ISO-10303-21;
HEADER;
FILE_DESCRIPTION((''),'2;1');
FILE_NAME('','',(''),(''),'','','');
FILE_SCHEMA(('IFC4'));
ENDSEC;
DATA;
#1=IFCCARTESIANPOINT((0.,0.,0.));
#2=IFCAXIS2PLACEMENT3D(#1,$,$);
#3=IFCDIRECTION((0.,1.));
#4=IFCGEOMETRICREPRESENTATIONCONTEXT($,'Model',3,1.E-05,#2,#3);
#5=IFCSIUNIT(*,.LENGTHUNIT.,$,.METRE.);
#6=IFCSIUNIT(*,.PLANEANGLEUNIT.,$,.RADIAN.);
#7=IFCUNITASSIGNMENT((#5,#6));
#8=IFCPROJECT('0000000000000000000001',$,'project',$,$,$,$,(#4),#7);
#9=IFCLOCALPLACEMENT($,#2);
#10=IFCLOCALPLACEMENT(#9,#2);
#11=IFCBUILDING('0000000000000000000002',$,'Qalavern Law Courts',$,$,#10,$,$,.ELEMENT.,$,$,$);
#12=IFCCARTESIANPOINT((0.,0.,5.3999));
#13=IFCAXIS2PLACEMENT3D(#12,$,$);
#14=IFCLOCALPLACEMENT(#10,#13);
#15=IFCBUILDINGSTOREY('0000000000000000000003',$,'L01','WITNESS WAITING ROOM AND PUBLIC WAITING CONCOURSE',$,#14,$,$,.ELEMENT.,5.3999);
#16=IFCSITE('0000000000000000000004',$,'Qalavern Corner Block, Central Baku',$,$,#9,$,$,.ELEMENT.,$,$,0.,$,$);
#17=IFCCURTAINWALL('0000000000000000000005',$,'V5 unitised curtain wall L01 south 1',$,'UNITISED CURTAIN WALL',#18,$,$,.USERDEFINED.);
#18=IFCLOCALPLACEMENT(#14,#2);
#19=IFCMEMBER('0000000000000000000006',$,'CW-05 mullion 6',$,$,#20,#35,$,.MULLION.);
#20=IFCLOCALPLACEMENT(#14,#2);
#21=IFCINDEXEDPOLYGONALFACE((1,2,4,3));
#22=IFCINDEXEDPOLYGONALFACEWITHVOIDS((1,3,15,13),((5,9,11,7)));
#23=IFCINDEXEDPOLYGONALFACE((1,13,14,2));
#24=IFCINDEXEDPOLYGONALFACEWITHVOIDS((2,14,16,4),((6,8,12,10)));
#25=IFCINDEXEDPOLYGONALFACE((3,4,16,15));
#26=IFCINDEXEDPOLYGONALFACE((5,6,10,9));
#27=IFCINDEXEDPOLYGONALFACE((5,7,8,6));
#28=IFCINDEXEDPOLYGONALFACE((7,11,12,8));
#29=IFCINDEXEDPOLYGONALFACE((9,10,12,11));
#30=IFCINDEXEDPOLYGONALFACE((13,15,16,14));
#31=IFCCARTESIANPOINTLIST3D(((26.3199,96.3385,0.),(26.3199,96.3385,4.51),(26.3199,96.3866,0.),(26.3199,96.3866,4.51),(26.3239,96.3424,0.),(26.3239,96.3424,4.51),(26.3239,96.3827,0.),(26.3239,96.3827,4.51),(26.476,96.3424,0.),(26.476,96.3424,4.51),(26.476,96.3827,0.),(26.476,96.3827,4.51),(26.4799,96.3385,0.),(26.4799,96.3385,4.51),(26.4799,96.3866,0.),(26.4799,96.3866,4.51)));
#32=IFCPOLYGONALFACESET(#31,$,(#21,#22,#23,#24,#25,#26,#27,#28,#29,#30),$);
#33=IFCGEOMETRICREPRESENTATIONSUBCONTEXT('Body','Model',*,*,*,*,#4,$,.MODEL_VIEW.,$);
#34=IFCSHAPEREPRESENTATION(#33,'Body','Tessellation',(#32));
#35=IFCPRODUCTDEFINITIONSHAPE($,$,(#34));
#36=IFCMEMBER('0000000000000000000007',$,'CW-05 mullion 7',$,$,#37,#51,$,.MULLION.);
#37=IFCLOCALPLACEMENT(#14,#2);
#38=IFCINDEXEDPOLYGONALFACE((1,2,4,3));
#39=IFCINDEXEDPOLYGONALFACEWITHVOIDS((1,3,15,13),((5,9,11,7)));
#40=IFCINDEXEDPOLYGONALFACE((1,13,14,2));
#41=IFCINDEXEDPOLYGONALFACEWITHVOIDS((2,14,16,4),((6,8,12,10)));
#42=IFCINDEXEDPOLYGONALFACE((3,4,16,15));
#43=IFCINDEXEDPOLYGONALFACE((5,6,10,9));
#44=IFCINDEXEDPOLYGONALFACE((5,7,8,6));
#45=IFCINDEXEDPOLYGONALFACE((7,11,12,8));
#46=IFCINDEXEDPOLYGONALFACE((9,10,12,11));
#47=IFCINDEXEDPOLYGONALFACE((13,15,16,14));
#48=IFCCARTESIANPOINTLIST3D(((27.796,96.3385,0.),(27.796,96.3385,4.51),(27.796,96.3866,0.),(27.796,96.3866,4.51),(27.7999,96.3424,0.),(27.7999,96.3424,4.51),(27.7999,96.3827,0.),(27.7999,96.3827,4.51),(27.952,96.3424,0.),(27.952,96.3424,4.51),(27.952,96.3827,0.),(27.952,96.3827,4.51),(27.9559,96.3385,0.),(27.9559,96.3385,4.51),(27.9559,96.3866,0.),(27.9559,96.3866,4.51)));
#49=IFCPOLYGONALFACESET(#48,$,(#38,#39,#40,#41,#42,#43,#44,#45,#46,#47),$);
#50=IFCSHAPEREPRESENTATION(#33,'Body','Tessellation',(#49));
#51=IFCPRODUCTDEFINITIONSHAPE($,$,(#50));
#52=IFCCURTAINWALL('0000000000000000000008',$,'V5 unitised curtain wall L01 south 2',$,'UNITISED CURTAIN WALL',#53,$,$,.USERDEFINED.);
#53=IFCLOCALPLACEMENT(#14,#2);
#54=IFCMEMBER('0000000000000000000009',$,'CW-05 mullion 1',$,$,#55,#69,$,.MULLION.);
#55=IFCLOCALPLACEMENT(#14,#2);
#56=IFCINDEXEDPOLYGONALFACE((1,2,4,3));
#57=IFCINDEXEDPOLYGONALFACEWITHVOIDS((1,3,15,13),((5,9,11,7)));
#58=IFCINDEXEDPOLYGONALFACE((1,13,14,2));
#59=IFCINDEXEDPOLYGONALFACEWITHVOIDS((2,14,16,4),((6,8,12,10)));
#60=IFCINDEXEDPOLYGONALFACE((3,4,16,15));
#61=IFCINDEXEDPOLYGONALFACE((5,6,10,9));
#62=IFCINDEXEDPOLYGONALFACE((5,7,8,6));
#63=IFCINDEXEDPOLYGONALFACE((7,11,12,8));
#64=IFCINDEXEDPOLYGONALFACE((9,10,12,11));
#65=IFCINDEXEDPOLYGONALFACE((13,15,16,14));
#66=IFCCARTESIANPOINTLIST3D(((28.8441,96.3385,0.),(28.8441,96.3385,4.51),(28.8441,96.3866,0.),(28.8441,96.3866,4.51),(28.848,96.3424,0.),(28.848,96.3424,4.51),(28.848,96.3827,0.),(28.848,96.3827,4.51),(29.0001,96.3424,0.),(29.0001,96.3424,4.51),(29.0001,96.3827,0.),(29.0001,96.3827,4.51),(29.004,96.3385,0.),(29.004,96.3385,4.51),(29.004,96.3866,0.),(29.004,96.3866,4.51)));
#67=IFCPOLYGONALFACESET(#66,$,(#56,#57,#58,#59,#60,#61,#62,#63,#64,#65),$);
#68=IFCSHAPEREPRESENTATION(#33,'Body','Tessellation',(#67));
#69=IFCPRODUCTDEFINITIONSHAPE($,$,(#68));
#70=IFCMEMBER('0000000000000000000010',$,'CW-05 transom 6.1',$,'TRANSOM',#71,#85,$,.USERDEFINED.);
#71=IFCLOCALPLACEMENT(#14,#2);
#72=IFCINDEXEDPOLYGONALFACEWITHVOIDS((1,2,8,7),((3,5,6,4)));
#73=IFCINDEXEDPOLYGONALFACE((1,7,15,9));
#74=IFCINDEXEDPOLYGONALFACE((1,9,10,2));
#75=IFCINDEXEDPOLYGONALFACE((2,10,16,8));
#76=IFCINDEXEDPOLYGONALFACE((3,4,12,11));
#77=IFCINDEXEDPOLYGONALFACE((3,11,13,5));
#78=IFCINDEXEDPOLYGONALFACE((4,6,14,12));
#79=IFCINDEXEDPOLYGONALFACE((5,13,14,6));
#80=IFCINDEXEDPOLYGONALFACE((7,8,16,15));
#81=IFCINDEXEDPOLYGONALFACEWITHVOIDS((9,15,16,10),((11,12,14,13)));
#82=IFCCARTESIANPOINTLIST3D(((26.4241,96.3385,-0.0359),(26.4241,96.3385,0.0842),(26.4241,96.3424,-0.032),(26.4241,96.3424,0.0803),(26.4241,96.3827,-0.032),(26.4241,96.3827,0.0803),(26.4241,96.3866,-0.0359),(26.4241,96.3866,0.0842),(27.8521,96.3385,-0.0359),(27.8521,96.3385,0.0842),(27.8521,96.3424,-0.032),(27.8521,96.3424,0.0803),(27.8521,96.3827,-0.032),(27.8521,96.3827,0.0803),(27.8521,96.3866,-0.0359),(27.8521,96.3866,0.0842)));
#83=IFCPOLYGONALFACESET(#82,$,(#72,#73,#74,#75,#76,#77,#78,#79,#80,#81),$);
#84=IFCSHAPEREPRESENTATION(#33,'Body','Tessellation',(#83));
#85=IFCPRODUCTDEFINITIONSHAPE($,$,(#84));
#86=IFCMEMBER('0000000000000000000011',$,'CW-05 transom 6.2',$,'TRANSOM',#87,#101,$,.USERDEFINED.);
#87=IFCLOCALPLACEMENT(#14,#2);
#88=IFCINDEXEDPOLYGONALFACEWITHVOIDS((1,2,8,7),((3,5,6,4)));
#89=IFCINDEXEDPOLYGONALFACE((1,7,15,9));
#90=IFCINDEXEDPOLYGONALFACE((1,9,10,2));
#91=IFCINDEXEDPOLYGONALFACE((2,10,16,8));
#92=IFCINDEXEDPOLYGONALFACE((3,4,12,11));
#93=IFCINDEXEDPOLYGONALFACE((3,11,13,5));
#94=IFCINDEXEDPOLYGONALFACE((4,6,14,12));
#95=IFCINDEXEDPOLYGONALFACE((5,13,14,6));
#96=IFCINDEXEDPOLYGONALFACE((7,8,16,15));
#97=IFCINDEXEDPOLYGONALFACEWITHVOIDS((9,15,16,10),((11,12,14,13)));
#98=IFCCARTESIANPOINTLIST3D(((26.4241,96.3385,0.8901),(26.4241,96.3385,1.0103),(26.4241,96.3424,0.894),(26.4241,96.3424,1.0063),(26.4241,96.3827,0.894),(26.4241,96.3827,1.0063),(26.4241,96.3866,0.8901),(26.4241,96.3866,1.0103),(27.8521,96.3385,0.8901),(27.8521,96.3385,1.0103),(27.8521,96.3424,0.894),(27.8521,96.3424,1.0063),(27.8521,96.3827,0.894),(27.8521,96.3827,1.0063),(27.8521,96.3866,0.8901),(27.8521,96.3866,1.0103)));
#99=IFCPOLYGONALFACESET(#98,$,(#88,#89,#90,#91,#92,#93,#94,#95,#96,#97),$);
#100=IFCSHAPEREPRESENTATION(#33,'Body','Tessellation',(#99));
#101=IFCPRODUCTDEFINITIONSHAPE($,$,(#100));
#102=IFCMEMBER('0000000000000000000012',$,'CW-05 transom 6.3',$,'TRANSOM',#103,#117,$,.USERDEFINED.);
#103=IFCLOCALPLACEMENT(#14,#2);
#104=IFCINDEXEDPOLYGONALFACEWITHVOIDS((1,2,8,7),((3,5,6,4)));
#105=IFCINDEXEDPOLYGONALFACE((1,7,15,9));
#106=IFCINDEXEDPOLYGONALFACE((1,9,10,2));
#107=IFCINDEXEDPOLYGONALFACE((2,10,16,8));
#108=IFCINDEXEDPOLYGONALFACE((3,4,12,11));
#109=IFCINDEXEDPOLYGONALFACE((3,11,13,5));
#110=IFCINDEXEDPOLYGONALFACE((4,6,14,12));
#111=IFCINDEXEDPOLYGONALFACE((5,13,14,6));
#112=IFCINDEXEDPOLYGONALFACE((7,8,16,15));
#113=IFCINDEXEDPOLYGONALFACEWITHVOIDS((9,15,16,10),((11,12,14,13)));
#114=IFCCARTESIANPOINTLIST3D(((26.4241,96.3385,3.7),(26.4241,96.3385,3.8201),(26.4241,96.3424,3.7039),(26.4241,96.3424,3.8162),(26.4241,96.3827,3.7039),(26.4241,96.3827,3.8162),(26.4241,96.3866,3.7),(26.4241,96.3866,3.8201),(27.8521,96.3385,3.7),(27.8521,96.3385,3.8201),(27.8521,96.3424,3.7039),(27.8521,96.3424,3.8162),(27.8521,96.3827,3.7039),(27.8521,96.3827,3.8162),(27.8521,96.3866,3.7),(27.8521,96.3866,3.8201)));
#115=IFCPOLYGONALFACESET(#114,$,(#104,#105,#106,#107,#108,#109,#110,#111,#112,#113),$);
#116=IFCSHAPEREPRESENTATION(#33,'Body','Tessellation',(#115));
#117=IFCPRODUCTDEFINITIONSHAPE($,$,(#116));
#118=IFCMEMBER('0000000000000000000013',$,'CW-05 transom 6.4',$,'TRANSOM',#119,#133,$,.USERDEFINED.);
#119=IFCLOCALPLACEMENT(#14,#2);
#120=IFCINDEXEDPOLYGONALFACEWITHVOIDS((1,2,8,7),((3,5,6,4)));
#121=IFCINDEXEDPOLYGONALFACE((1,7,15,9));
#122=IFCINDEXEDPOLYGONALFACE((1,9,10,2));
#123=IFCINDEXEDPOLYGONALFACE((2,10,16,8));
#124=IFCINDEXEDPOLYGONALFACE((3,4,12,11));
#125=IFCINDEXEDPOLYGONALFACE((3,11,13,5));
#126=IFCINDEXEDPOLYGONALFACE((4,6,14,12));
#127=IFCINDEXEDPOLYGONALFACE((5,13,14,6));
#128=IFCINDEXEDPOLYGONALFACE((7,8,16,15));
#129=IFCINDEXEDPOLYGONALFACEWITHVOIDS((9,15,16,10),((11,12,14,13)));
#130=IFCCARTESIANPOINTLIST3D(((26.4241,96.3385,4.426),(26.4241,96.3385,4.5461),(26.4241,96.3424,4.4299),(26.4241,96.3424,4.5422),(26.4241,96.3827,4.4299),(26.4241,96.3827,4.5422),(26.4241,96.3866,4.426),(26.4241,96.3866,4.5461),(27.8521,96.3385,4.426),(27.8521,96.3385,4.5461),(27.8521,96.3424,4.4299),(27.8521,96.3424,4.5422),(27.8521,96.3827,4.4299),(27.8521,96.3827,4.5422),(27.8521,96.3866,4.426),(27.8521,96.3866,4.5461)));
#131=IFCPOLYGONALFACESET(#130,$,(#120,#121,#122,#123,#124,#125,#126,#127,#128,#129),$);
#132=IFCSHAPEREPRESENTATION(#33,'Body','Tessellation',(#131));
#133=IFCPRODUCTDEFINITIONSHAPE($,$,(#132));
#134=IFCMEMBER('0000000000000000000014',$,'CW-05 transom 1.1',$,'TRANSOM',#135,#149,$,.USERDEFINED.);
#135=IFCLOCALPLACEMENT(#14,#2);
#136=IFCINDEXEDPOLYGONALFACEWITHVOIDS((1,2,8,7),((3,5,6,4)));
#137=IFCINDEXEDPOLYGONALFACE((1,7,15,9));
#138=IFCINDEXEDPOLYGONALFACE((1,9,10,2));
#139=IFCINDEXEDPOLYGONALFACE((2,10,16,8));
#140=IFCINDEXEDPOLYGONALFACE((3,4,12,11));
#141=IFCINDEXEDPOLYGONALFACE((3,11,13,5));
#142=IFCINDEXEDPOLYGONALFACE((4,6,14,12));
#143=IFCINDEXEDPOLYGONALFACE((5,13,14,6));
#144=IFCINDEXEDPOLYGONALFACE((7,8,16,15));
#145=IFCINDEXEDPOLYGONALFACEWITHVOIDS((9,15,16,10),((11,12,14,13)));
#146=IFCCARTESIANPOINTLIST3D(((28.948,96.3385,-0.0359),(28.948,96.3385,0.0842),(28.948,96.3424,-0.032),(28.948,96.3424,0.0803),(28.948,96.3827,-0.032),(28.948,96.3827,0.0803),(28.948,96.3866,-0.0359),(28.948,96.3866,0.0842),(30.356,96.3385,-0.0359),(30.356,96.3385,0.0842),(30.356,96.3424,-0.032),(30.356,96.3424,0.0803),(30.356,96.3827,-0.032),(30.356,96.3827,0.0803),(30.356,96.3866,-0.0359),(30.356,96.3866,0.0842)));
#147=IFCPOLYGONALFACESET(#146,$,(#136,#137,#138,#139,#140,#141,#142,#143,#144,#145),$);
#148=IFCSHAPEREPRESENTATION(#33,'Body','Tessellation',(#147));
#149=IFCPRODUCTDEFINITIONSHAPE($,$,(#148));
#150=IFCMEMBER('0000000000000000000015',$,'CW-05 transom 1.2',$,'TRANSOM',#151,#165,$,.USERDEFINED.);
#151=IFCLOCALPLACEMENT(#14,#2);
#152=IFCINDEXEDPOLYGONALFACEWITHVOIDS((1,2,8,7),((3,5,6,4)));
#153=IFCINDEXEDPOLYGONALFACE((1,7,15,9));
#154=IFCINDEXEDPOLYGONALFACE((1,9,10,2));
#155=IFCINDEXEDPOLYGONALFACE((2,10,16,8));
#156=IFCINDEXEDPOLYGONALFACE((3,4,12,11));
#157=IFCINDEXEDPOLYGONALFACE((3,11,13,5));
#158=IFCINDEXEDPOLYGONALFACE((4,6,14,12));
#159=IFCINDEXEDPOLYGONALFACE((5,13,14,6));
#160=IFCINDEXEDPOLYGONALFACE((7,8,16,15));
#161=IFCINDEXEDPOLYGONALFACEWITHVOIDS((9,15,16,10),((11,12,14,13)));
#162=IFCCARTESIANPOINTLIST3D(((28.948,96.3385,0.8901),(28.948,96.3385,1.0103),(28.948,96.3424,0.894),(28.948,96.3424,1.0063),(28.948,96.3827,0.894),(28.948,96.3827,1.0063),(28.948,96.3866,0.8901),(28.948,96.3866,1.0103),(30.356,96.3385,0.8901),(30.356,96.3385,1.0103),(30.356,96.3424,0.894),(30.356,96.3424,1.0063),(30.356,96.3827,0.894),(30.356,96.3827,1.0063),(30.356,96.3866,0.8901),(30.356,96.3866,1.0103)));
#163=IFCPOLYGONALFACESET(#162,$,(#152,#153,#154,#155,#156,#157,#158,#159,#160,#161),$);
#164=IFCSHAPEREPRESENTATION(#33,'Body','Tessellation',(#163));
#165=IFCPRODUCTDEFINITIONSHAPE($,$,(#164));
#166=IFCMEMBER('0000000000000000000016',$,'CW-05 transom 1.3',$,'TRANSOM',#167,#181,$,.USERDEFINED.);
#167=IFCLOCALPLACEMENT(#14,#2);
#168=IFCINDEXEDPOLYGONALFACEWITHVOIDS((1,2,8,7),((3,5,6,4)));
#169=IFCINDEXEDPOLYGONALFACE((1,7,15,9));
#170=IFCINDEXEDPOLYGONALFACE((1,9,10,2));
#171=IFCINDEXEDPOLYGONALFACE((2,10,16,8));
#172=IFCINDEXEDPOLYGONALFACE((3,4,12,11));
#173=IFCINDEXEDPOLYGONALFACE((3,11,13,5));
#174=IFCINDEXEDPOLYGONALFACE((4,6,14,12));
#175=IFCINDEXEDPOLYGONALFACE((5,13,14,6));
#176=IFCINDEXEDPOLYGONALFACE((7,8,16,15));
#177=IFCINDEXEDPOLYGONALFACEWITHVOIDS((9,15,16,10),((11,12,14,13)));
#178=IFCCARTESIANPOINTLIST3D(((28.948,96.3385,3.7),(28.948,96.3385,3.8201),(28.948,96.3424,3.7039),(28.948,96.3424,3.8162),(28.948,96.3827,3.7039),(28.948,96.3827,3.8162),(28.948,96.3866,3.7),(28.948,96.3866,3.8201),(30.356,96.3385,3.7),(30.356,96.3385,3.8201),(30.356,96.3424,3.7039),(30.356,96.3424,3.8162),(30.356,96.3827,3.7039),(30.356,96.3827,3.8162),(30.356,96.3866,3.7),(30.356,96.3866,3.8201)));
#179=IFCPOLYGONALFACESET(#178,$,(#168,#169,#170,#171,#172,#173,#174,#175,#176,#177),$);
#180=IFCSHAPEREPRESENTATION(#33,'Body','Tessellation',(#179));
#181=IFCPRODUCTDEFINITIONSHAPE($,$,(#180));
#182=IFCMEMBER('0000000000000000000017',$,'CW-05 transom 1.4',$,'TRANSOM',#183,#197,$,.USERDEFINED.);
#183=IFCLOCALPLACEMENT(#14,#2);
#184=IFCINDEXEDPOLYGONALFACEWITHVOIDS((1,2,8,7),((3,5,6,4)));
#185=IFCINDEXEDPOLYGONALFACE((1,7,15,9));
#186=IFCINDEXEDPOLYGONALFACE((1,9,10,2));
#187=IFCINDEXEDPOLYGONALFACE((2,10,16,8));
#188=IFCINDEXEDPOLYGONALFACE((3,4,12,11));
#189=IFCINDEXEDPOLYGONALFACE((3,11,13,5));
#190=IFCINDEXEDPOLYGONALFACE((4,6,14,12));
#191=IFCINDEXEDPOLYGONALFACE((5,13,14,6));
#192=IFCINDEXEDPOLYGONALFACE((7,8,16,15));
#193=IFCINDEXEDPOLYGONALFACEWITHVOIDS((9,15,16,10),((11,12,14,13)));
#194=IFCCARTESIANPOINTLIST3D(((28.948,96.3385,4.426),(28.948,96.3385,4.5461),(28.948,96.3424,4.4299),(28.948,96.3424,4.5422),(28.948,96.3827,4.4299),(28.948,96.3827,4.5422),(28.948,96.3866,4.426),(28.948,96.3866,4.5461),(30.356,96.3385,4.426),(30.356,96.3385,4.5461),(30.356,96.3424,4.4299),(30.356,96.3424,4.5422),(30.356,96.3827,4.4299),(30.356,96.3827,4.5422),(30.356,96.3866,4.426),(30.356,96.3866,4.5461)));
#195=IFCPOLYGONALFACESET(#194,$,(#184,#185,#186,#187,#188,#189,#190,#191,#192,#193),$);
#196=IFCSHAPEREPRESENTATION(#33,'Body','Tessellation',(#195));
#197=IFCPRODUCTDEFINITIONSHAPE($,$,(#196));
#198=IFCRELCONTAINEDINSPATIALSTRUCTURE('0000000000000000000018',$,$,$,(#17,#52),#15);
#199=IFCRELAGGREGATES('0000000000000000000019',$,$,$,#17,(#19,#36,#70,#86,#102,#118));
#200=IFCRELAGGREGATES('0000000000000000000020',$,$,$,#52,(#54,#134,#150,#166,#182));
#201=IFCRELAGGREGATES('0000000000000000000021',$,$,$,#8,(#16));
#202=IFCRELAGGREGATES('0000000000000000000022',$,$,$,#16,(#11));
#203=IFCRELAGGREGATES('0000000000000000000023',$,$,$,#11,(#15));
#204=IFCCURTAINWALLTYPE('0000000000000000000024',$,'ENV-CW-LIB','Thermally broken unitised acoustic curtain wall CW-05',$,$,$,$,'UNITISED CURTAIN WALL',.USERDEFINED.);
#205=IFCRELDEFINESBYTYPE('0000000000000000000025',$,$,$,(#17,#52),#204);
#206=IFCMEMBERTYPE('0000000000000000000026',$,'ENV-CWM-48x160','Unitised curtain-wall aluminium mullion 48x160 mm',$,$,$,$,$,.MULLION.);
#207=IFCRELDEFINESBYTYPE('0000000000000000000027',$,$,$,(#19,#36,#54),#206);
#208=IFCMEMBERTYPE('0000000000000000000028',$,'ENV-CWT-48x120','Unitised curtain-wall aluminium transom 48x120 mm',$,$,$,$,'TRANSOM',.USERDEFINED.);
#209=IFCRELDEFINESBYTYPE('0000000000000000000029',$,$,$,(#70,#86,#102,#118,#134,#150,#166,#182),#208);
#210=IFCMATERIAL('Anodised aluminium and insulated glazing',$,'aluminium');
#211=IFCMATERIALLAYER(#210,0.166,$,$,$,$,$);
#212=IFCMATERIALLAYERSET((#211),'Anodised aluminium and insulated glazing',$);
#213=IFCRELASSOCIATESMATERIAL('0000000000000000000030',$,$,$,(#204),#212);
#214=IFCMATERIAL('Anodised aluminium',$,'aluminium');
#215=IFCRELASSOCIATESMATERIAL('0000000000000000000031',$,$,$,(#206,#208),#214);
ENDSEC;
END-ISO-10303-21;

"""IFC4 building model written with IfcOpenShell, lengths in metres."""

from ifc_helpers import new_model, si_unit, direction, frame, origin, origin_2d, place, context, subcontext, project, spatial, hollow_rectangle, extrude, material, layer, layer_set, material_profile, profile_set, type_object, element, aggregate, save


model = new_model("IFC4")

# Units and contexts
model_context = context("Model", 3, precision=1e-05, world=origin(), true_north=direction((0.0, 1.0)))
body_context = subcontext(model_context, "Body", "Model", "MODEL_VIEW")
ifc_project = project(units=[si_unit("LENGTHUNIT", "METRE"), si_unit("PLANEANGLEUNIT", "RADIAN")], contexts=[model_context])

# Site, building, storey
site_placement = place(None, origin())
site = spatial("IfcSite", under=ifc_project, at=site_placement, Name="Qalavern Corner Block, Central Baku", CompositionType="ELEMENT", RefElevation=0.0)
building_placement = place(site_placement, origin())
building = spatial("IfcBuilding", under=site, at=building_placement, Name="Qalavern Law Courts", CompositionType="ELEMENT")
storey_placement = place(building_placement, frame((0.0, 0.0, 5.3999)))
storey = spatial("IfcBuildingStorey", under=building, at=storey_placement, Name="L01", Description="WITNESS WAITING ROOM AND PUBLIC WAITING CONCOURSE", CompositionType="ELEMENT", Elevation=5.3999)

# Curtain wall, members
ifc_material_1 = material(Name="Anodised aluminium and insulated glazing", Category="aluminium")
ifc_layer_1 = layer(ifc_material_1, 0.166)
ifc_layer_set_1 = layer_set([ifc_layer_1], Name="Anodised aluminium and insulated glazing")
curtain_wall_type = type_object("IfcCurtainWallType", Name="ENV-CW-LIB", Description="Thermally broken unitised acoustic curtain wall CW-05", ElementType="UNITISED CURTAIN WALL", PredefinedType="USERDEFINED", material=ifc_layer_set_1)
curtain_wall_1_placement = place(storey_placement, origin())
curtain_wall_1 = element("IfcCurtainWall", 1, at=curtain_wall_1_placement, inside=storey, type_object=curtain_wall_type, Name="V5 unitised curtain wall L01 south 1", ObjectType="UNITISED CURTAIN WALL", PredefinedType="USERDEFINED")
ifc_material_2 = material(Name="Anodised aluminium", Category="aluminium")
ifc_material_profile_1 = material_profile(ifc_material_2, hollow_rectangle(XDim=0.0481, YDim=0.1599, WallThickness=0.0039, at=origin_2d()), Name="ALU MULLION 48x160")
ifc_profile_set_1 = profile_set([ifc_material_profile_1], Name="Anodised aluminium")
member_type_1 = type_object("IfcMemberType", Name="ENV-CWM-48x160", Description="Unitised curtain-wall aluminium mullion 48x160 mm", PredefinedType="MULLION", material=ifc_profile_set_1)
member_1_placement = place(storey_placement, frame((26.3999, 96.3625, 0.0), z_axis=(0.0, 0.0, 1.0), x_axis=(0.0, 1.0, 0.0)))
member_1 = element("IfcMember", 2, at=member_1_placement, type_object=member_type_1, Name="CW-05 mullion 6", PredefinedType="MULLION", context=body_context, shape_type="SweptSolid", body=[
    extrude(hollow_rectangle(XDim=0.0481, YDim=0.1599, WallThickness=0.0039, at=origin_2d()), origin(), (0.0, 0.0, 1.0), 4.51),
])
member_2_placement = place(storey_placement, frame((27.876, 96.3625, 0.0), z_axis=(0.0, 0.0, 1.0), x_axis=(0.0, 1.0, 0.0)))
member_2 = element("IfcMember", 3, at=member_2_placement, type_object=member_type_1, Name="CW-05 mullion 7", PredefinedType="MULLION", context=body_context, shape_type="SweptSolid", body=[
    extrude(hollow_rectangle(XDim=0.0481, YDim=0.1599, WallThickness=0.0039, at=origin_2d()), origin(), (0.0, 0.0, 1.0), 4.51),
])

# Curtain wall, member
curtain_wall_2_placement = place(storey_placement, origin())
curtain_wall_2 = element("IfcCurtainWall", 4, at=curtain_wall_2_placement, inside=storey, type_object=curtain_wall_type, Name="V5 unitised curtain wall L01 south 2", ObjectType="UNITISED CURTAIN WALL", PredefinedType="USERDEFINED")
member_3_placement = place(storey_placement, frame((28.9241, 96.3625, 0.0), z_axis=(0.0, 0.0, 1.0), x_axis=(0.0, 1.0, 0.0)))
member_3 = element("IfcMember", 5, at=member_3_placement, type_object=member_type_1, Name="CW-05 mullion 1", PredefinedType="MULLION", context=body_context, shape_type="SweptSolid", body=[
    extrude(hollow_rectangle(XDim=0.0481, YDim=0.1599, WallThickness=0.0039, at=origin_2d()), origin(), (0.0, 0.0, 1.0), 4.51),
])

# Members
ifc_material_profile_2 = material_profile(ifc_material_2, hollow_rectangle(XDim=0.0481, YDim=0.1201, WallThickness=0.0039, at=origin_2d()), Name="ALU TRANSOM 48x120")
ifc_profile_set_2 = profile_set([ifc_material_profile_2], Name="Anodised aluminium")
member_type_2 = type_object("IfcMemberType", Name="ENV-CWT-48x120", Description="Unitised curtain-wall aluminium transom 48x120 mm", ElementType="TRANSOM", PredefinedType="USERDEFINED", material=ifc_profile_set_2)
member_4_placement = place(storey_placement, frame((26.4241, 96.3625, 0.0242), z_axis=(1.0, 0.0, 0.0), x_axis=(0.0, 1.0, 0.0)))
member_4 = element("IfcMember", 6, at=member_4_placement, type_object=member_type_2, Name="CW-05 transom 6.1", ObjectType="TRANSOM", PredefinedType="USERDEFINED", context=body_context, shape_type="SweptSolid", body=[
    extrude(hollow_rectangle(XDim=0.0481, YDim=0.1201, WallThickness=0.0039, at=origin_2d()), origin(), (0.0, 0.0, 1.0), 1.428),
])
member_5_placement = place(storey_placement, frame((26.4241, 96.3625, 0.9502), z_axis=(1.0, 0.0, 0.0), x_axis=(0.0, 1.0, 0.0)))
member_5 = element("IfcMember", 7, at=member_5_placement, type_object=member_type_2, Name="CW-05 transom 6.2", ObjectType="TRANSOM", PredefinedType="USERDEFINED", context=body_context, shape_type="SweptSolid", body=[
    extrude(hollow_rectangle(XDim=0.0481, YDim=0.1201, WallThickness=0.0039, at=origin_2d()), origin(), (0.0, 0.0, 1.0), 1.428),
])
member_6_placement = place(storey_placement, frame((26.4241, 96.3625, 3.76), z_axis=(1.0, 0.0, 0.0), x_axis=(0.0, 1.0, 0.0)))
member_6 = element("IfcMember", 8, at=member_6_placement, type_object=member_type_2, Name="CW-05 transom 6.3", ObjectType="TRANSOM", PredefinedType="USERDEFINED", context=body_context, shape_type="SweptSolid", body=[
    extrude(hollow_rectangle(XDim=0.0481, YDim=0.1201, WallThickness=0.0039, at=origin_2d()), origin(), (0.0, 0.0, 1.0), 1.428),
])
member_7_placement = place(storey_placement, frame((26.4241, 96.3625, 4.4861), z_axis=(1.0, 0.0, 0.0), x_axis=(0.0, 1.0, 0.0)))
member_7 = element("IfcMember", 9, at=member_7_placement, type_object=member_type_2, Name="CW-05 transom 6.4", ObjectType="TRANSOM", PredefinedType="USERDEFINED", context=body_context, shape_type="SweptSolid", body=[
    extrude(hollow_rectangle(XDim=0.0481, YDim=0.1201, WallThickness=0.0039, at=origin_2d()), origin(), (0.0, 0.0, 1.0), 1.428),
])
member_8_placement = place(storey_placement, frame((28.948, 96.3625, 0.0242), z_axis=(1.0, 0.0, 0.0), x_axis=(0.0, 1.0, 0.0)))
member_8 = element("IfcMember", 10, at=member_8_placement, type_object=member_type_2, Name="CW-05 transom 1.1", ObjectType="TRANSOM", PredefinedType="USERDEFINED", context=body_context, shape_type="SweptSolid", body=[
    extrude(hollow_rectangle(XDim=0.0481, YDim=0.1201, WallThickness=0.0039, at=origin_2d()), origin(), (0.0, 0.0, 1.0), 1.408),
])
member_9_placement = place(storey_placement, frame((28.948, 96.3625, 0.9502), z_axis=(1.0, 0.0, 0.0), x_axis=(0.0, 1.0, 0.0)))
member_9 = element("IfcMember", 11, at=member_9_placement, type_object=member_type_2, Name="CW-05 transom 1.2", ObjectType="TRANSOM", PredefinedType="USERDEFINED", context=body_context, shape_type="SweptSolid", body=[
    extrude(hollow_rectangle(XDim=0.0481, YDim=0.1201, WallThickness=0.0039, at=origin_2d()), origin(), (0.0, 0.0, 1.0), 1.408),
])
member_10_placement = place(storey_placement, frame((28.948, 96.3625, 3.76), z_axis=(1.0, 0.0, 0.0), x_axis=(0.0, 1.0, 0.0)))
member_10 = element("IfcMember", 12, at=member_10_placement, type_object=member_type_2, Name="CW-05 transom 1.3", ObjectType="TRANSOM", PredefinedType="USERDEFINED", context=body_context, shape_type="SweptSolid", body=[
    extrude(hollow_rectangle(XDim=0.0481, YDim=0.1201, WallThickness=0.0039, at=origin_2d()), origin(), (0.0, 0.0, 1.0), 1.408),
])
member_11_placement = place(storey_placement, frame((28.948, 96.3625, 4.4861), z_axis=(1.0, 0.0, 0.0), x_axis=(0.0, 1.0, 0.0)))
member_11 = element("IfcMember", 13, at=member_11_placement, type_object=member_type_2, Name="CW-05 transom 1.4", ObjectType="TRANSOM", PredefinedType="USERDEFINED", context=body_context, shape_type="SweptSolid", body=[
    extrude(hollow_rectangle(XDim=0.0481, YDim=0.1201, WallThickness=0.0039, at=origin_2d()), origin(), (0.0, 0.0, 1.0), 1.408),
])

aggregate(curtain_wall_1, [member_1, member_2, member_4, member_5, member_6, member_7])
aggregate(curtain_wall_2, [member_3, member_8, member_9, member_10, member_11])

save(model, "model.ifc")
